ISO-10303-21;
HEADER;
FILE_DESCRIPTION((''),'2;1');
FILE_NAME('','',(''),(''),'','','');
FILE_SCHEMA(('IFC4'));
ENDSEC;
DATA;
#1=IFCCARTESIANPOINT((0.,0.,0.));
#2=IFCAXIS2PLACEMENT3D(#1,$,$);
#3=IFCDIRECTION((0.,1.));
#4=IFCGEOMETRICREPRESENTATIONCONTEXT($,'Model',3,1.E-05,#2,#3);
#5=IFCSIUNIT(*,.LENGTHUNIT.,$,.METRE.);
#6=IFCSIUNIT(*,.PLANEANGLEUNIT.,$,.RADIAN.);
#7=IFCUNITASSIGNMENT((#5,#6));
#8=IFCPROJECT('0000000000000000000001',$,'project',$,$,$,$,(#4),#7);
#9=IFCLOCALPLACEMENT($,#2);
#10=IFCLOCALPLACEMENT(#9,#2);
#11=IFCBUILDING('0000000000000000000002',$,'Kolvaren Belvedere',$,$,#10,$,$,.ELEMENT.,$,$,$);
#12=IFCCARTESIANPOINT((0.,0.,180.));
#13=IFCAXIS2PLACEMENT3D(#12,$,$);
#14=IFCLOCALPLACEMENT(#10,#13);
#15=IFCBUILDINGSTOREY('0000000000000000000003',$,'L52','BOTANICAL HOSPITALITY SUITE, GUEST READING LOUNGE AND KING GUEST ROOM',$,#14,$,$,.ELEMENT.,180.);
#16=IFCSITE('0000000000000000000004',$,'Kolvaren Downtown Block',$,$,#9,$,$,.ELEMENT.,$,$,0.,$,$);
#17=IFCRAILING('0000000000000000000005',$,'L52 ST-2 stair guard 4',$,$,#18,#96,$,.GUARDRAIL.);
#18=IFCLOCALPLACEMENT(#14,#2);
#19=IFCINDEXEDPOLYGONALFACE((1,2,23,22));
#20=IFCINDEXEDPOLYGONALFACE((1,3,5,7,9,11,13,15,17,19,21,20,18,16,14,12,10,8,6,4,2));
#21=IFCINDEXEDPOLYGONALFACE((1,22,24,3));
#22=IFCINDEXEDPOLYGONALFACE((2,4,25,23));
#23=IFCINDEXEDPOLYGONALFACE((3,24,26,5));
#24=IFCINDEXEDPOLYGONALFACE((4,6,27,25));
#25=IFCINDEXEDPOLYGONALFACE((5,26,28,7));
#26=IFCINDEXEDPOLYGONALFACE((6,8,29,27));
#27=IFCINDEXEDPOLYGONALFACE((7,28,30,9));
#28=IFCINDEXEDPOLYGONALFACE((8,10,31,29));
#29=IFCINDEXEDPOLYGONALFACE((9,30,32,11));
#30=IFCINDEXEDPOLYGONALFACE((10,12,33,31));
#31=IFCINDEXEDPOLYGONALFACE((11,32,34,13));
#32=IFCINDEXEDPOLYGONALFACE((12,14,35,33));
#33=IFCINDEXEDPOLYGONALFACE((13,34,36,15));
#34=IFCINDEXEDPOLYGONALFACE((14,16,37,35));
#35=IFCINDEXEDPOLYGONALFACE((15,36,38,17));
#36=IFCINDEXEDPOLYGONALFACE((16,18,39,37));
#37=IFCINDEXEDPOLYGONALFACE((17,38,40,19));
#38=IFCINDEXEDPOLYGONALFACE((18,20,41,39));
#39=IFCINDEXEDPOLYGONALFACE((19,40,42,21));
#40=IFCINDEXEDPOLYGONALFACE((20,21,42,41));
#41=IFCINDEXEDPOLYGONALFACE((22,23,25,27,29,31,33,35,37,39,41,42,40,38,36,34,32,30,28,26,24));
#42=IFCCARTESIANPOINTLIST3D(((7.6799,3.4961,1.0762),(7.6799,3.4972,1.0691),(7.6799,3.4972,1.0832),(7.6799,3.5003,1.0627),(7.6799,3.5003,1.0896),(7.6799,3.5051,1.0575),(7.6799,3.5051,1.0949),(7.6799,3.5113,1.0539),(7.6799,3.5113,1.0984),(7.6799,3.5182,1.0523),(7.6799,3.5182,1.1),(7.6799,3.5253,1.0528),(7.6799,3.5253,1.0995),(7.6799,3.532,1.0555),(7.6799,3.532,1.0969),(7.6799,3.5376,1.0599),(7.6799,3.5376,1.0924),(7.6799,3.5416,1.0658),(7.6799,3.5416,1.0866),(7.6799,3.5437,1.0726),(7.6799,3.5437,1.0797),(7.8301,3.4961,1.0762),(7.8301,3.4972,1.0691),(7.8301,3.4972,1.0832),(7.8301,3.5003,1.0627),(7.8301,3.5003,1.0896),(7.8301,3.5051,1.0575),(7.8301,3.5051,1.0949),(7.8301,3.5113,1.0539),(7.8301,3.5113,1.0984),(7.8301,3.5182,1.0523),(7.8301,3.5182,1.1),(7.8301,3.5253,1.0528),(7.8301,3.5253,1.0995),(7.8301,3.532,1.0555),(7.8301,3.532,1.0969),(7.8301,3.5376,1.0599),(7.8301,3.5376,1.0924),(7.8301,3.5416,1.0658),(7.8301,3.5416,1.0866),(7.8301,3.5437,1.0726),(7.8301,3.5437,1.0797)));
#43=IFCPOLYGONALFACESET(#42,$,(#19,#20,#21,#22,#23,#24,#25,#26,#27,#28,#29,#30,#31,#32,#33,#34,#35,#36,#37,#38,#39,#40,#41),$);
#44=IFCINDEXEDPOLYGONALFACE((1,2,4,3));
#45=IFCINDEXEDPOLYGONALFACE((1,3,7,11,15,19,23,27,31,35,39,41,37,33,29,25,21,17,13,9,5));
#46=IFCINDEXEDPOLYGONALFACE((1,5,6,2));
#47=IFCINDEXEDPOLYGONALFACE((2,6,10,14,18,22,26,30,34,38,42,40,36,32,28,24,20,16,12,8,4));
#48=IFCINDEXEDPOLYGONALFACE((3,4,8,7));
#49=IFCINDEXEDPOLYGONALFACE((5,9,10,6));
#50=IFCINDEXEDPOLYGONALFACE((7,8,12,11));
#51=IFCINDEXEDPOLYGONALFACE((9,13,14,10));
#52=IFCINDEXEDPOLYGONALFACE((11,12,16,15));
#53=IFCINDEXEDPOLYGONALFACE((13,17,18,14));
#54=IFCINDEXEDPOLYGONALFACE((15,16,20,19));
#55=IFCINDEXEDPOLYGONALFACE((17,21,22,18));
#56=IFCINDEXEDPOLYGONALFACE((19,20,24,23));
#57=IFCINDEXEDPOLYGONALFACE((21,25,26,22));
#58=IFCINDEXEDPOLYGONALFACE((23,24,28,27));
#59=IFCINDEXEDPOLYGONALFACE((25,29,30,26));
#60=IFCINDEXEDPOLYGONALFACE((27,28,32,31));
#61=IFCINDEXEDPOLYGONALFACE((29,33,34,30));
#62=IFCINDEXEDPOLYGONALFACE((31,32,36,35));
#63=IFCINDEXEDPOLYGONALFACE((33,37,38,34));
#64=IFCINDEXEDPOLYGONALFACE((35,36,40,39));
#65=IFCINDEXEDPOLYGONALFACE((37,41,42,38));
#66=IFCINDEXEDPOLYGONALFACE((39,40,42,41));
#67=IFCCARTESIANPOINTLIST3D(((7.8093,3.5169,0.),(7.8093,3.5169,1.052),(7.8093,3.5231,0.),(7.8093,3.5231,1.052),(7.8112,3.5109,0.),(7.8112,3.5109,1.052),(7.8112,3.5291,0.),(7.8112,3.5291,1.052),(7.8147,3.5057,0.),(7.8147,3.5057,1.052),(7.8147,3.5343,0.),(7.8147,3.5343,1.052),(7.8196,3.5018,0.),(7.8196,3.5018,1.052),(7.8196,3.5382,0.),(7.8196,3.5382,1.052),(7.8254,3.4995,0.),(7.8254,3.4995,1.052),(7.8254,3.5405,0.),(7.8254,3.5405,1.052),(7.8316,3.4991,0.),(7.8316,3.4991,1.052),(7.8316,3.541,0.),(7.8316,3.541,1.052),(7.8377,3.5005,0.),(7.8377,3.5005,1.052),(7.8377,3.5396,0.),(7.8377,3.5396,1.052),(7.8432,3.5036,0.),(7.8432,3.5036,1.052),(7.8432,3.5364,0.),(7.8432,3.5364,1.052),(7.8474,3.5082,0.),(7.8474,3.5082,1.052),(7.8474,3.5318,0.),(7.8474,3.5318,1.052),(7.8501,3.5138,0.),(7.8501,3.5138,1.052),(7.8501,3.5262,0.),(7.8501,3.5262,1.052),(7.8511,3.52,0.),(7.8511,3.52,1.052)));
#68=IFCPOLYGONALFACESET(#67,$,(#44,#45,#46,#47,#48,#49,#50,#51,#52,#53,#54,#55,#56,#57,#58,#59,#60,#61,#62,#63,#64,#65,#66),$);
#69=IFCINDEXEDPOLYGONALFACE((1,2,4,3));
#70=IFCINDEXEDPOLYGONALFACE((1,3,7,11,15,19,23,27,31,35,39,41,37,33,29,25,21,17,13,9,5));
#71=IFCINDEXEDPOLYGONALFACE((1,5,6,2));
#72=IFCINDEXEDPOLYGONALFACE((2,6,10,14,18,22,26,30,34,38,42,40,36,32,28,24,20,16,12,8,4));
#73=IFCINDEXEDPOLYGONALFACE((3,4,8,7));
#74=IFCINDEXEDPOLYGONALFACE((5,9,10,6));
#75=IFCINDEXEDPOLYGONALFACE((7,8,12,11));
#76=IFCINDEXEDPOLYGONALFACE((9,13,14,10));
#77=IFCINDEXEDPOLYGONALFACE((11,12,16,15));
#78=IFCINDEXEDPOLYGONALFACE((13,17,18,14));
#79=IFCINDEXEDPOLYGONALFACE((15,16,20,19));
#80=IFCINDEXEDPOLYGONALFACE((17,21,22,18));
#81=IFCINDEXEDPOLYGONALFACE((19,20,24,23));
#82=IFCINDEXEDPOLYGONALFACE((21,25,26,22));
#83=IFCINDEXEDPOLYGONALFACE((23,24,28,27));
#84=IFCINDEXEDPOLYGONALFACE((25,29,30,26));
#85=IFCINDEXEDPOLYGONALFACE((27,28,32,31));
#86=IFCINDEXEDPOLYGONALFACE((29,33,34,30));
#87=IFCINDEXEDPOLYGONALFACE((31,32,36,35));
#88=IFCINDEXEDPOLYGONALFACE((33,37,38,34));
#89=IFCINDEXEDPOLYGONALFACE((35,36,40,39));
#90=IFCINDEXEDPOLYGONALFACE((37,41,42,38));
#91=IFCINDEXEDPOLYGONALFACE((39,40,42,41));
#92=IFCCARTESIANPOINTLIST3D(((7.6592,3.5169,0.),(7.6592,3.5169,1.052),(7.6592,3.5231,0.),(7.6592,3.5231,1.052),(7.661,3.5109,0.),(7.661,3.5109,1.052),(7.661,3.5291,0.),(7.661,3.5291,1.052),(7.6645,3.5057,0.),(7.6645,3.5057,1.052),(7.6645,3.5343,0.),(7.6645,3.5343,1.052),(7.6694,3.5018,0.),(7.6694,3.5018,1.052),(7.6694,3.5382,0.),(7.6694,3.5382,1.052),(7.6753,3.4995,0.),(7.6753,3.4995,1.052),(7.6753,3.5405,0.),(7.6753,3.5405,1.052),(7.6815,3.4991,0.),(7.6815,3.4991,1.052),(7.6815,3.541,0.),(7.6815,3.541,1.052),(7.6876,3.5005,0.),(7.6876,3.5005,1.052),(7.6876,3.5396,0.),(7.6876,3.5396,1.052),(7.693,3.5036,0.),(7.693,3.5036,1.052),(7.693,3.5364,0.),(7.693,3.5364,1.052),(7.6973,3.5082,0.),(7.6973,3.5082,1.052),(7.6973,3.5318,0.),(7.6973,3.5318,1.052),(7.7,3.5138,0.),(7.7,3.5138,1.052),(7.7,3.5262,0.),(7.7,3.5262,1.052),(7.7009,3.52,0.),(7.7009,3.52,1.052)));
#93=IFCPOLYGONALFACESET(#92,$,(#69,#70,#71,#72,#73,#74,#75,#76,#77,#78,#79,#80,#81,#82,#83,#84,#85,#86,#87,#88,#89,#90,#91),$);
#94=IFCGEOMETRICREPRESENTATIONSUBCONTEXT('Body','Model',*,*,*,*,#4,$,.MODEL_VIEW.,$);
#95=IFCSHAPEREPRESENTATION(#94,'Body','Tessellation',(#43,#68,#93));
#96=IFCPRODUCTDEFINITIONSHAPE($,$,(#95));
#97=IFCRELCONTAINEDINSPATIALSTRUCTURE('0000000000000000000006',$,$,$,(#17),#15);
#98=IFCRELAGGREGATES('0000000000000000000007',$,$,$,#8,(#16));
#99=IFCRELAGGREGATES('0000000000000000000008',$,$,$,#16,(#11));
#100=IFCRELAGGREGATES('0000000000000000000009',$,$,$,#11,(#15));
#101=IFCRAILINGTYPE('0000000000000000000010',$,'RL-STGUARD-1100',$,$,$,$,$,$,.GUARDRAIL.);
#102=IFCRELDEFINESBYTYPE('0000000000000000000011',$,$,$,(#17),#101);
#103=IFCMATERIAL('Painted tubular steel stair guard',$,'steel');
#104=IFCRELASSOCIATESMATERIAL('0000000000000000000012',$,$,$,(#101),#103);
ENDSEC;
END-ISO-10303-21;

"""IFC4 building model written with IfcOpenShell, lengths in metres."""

from ifc_helpers import new_model, si_unit, direction, frame, origin, origin_2d, place, context, subcontext, project, spatial, circle, extrude, material, type_object, element, save


model = new_model("IFC4")

# Units and contexts
model_context = context("Model", 3, precision=1e-05, world=origin(), true_north=direction((0.0, 1.0)))
body_context = subcontext(model_context, "Body", "Model", "MODEL_VIEW")
ifc_project = project(units=[si_unit("LENGTHUNIT", "METRE"), si_unit("PLANEANGLEUNIT", "RADIAN")], contexts=[model_context])

# Site, building, storey
site_placement = place(None, origin())
site = spatial("IfcSite", under=ifc_project, at=site_placement, Name="Kolvaren Downtown Block", CompositionType="ELEMENT", RefElevation=0.0)
building_placement = place(site_placement, origin())
building = spatial("IfcBuilding", under=site, at=building_placement, Name="Kolvaren Belvedere", CompositionType="ELEMENT")
storey_placement = place(building_placement, frame((0.0, 0.0, 180.0)))
storey = spatial("IfcBuildingStorey", under=building, at=storey_placement, Name="L52", Description="BOTANICAL HOSPITALITY SUITE, GUEST READING LOUNGE AND KING GUEST ROOM", CompositionType="ELEMENT", Elevation=180.0)

# Railing
ifc_material_1 = material(Name="Painted tubular steel stair guard", Category="steel")
railing_type_1 = type_object("IfcRailingType", Name="RL-STGUARD-1100", PredefinedType="GUARDRAIL", material=ifc_material_1)
railing_1_placement = place(storey_placement, frame((7.8301, 3.52, 0.0)))
element("IfcRailing", 1, at=railing_1_placement, inside=storey, type_object=railing_type_1, Name="L52 ST-2 stair guard 4", PredefinedType="GUARDRAIL", context=body_context, shape_type="SweptSolid", body=[
    extrude(circle(Radius=0.0239, at=origin_2d()), frame((0.0, 0.0, 1.0762), z_axis=(-1.0, 0.0, 0.0), x_axis=(0.0, -1.0, 0.0)), (0.0, 0.0, 1.0), 0.1501),
    extrude(circle(Radius=0.021, at=origin_2d()), origin(), (0.0, 0.0, 1.0), 1.052),
    extrude(circle(Radius=0.021, at=origin_2d()), frame((-0.1501, 0.0, 0.0)), (0.0, 0.0, 1.0), 1.052),
])

save(model, "model.ifc")
